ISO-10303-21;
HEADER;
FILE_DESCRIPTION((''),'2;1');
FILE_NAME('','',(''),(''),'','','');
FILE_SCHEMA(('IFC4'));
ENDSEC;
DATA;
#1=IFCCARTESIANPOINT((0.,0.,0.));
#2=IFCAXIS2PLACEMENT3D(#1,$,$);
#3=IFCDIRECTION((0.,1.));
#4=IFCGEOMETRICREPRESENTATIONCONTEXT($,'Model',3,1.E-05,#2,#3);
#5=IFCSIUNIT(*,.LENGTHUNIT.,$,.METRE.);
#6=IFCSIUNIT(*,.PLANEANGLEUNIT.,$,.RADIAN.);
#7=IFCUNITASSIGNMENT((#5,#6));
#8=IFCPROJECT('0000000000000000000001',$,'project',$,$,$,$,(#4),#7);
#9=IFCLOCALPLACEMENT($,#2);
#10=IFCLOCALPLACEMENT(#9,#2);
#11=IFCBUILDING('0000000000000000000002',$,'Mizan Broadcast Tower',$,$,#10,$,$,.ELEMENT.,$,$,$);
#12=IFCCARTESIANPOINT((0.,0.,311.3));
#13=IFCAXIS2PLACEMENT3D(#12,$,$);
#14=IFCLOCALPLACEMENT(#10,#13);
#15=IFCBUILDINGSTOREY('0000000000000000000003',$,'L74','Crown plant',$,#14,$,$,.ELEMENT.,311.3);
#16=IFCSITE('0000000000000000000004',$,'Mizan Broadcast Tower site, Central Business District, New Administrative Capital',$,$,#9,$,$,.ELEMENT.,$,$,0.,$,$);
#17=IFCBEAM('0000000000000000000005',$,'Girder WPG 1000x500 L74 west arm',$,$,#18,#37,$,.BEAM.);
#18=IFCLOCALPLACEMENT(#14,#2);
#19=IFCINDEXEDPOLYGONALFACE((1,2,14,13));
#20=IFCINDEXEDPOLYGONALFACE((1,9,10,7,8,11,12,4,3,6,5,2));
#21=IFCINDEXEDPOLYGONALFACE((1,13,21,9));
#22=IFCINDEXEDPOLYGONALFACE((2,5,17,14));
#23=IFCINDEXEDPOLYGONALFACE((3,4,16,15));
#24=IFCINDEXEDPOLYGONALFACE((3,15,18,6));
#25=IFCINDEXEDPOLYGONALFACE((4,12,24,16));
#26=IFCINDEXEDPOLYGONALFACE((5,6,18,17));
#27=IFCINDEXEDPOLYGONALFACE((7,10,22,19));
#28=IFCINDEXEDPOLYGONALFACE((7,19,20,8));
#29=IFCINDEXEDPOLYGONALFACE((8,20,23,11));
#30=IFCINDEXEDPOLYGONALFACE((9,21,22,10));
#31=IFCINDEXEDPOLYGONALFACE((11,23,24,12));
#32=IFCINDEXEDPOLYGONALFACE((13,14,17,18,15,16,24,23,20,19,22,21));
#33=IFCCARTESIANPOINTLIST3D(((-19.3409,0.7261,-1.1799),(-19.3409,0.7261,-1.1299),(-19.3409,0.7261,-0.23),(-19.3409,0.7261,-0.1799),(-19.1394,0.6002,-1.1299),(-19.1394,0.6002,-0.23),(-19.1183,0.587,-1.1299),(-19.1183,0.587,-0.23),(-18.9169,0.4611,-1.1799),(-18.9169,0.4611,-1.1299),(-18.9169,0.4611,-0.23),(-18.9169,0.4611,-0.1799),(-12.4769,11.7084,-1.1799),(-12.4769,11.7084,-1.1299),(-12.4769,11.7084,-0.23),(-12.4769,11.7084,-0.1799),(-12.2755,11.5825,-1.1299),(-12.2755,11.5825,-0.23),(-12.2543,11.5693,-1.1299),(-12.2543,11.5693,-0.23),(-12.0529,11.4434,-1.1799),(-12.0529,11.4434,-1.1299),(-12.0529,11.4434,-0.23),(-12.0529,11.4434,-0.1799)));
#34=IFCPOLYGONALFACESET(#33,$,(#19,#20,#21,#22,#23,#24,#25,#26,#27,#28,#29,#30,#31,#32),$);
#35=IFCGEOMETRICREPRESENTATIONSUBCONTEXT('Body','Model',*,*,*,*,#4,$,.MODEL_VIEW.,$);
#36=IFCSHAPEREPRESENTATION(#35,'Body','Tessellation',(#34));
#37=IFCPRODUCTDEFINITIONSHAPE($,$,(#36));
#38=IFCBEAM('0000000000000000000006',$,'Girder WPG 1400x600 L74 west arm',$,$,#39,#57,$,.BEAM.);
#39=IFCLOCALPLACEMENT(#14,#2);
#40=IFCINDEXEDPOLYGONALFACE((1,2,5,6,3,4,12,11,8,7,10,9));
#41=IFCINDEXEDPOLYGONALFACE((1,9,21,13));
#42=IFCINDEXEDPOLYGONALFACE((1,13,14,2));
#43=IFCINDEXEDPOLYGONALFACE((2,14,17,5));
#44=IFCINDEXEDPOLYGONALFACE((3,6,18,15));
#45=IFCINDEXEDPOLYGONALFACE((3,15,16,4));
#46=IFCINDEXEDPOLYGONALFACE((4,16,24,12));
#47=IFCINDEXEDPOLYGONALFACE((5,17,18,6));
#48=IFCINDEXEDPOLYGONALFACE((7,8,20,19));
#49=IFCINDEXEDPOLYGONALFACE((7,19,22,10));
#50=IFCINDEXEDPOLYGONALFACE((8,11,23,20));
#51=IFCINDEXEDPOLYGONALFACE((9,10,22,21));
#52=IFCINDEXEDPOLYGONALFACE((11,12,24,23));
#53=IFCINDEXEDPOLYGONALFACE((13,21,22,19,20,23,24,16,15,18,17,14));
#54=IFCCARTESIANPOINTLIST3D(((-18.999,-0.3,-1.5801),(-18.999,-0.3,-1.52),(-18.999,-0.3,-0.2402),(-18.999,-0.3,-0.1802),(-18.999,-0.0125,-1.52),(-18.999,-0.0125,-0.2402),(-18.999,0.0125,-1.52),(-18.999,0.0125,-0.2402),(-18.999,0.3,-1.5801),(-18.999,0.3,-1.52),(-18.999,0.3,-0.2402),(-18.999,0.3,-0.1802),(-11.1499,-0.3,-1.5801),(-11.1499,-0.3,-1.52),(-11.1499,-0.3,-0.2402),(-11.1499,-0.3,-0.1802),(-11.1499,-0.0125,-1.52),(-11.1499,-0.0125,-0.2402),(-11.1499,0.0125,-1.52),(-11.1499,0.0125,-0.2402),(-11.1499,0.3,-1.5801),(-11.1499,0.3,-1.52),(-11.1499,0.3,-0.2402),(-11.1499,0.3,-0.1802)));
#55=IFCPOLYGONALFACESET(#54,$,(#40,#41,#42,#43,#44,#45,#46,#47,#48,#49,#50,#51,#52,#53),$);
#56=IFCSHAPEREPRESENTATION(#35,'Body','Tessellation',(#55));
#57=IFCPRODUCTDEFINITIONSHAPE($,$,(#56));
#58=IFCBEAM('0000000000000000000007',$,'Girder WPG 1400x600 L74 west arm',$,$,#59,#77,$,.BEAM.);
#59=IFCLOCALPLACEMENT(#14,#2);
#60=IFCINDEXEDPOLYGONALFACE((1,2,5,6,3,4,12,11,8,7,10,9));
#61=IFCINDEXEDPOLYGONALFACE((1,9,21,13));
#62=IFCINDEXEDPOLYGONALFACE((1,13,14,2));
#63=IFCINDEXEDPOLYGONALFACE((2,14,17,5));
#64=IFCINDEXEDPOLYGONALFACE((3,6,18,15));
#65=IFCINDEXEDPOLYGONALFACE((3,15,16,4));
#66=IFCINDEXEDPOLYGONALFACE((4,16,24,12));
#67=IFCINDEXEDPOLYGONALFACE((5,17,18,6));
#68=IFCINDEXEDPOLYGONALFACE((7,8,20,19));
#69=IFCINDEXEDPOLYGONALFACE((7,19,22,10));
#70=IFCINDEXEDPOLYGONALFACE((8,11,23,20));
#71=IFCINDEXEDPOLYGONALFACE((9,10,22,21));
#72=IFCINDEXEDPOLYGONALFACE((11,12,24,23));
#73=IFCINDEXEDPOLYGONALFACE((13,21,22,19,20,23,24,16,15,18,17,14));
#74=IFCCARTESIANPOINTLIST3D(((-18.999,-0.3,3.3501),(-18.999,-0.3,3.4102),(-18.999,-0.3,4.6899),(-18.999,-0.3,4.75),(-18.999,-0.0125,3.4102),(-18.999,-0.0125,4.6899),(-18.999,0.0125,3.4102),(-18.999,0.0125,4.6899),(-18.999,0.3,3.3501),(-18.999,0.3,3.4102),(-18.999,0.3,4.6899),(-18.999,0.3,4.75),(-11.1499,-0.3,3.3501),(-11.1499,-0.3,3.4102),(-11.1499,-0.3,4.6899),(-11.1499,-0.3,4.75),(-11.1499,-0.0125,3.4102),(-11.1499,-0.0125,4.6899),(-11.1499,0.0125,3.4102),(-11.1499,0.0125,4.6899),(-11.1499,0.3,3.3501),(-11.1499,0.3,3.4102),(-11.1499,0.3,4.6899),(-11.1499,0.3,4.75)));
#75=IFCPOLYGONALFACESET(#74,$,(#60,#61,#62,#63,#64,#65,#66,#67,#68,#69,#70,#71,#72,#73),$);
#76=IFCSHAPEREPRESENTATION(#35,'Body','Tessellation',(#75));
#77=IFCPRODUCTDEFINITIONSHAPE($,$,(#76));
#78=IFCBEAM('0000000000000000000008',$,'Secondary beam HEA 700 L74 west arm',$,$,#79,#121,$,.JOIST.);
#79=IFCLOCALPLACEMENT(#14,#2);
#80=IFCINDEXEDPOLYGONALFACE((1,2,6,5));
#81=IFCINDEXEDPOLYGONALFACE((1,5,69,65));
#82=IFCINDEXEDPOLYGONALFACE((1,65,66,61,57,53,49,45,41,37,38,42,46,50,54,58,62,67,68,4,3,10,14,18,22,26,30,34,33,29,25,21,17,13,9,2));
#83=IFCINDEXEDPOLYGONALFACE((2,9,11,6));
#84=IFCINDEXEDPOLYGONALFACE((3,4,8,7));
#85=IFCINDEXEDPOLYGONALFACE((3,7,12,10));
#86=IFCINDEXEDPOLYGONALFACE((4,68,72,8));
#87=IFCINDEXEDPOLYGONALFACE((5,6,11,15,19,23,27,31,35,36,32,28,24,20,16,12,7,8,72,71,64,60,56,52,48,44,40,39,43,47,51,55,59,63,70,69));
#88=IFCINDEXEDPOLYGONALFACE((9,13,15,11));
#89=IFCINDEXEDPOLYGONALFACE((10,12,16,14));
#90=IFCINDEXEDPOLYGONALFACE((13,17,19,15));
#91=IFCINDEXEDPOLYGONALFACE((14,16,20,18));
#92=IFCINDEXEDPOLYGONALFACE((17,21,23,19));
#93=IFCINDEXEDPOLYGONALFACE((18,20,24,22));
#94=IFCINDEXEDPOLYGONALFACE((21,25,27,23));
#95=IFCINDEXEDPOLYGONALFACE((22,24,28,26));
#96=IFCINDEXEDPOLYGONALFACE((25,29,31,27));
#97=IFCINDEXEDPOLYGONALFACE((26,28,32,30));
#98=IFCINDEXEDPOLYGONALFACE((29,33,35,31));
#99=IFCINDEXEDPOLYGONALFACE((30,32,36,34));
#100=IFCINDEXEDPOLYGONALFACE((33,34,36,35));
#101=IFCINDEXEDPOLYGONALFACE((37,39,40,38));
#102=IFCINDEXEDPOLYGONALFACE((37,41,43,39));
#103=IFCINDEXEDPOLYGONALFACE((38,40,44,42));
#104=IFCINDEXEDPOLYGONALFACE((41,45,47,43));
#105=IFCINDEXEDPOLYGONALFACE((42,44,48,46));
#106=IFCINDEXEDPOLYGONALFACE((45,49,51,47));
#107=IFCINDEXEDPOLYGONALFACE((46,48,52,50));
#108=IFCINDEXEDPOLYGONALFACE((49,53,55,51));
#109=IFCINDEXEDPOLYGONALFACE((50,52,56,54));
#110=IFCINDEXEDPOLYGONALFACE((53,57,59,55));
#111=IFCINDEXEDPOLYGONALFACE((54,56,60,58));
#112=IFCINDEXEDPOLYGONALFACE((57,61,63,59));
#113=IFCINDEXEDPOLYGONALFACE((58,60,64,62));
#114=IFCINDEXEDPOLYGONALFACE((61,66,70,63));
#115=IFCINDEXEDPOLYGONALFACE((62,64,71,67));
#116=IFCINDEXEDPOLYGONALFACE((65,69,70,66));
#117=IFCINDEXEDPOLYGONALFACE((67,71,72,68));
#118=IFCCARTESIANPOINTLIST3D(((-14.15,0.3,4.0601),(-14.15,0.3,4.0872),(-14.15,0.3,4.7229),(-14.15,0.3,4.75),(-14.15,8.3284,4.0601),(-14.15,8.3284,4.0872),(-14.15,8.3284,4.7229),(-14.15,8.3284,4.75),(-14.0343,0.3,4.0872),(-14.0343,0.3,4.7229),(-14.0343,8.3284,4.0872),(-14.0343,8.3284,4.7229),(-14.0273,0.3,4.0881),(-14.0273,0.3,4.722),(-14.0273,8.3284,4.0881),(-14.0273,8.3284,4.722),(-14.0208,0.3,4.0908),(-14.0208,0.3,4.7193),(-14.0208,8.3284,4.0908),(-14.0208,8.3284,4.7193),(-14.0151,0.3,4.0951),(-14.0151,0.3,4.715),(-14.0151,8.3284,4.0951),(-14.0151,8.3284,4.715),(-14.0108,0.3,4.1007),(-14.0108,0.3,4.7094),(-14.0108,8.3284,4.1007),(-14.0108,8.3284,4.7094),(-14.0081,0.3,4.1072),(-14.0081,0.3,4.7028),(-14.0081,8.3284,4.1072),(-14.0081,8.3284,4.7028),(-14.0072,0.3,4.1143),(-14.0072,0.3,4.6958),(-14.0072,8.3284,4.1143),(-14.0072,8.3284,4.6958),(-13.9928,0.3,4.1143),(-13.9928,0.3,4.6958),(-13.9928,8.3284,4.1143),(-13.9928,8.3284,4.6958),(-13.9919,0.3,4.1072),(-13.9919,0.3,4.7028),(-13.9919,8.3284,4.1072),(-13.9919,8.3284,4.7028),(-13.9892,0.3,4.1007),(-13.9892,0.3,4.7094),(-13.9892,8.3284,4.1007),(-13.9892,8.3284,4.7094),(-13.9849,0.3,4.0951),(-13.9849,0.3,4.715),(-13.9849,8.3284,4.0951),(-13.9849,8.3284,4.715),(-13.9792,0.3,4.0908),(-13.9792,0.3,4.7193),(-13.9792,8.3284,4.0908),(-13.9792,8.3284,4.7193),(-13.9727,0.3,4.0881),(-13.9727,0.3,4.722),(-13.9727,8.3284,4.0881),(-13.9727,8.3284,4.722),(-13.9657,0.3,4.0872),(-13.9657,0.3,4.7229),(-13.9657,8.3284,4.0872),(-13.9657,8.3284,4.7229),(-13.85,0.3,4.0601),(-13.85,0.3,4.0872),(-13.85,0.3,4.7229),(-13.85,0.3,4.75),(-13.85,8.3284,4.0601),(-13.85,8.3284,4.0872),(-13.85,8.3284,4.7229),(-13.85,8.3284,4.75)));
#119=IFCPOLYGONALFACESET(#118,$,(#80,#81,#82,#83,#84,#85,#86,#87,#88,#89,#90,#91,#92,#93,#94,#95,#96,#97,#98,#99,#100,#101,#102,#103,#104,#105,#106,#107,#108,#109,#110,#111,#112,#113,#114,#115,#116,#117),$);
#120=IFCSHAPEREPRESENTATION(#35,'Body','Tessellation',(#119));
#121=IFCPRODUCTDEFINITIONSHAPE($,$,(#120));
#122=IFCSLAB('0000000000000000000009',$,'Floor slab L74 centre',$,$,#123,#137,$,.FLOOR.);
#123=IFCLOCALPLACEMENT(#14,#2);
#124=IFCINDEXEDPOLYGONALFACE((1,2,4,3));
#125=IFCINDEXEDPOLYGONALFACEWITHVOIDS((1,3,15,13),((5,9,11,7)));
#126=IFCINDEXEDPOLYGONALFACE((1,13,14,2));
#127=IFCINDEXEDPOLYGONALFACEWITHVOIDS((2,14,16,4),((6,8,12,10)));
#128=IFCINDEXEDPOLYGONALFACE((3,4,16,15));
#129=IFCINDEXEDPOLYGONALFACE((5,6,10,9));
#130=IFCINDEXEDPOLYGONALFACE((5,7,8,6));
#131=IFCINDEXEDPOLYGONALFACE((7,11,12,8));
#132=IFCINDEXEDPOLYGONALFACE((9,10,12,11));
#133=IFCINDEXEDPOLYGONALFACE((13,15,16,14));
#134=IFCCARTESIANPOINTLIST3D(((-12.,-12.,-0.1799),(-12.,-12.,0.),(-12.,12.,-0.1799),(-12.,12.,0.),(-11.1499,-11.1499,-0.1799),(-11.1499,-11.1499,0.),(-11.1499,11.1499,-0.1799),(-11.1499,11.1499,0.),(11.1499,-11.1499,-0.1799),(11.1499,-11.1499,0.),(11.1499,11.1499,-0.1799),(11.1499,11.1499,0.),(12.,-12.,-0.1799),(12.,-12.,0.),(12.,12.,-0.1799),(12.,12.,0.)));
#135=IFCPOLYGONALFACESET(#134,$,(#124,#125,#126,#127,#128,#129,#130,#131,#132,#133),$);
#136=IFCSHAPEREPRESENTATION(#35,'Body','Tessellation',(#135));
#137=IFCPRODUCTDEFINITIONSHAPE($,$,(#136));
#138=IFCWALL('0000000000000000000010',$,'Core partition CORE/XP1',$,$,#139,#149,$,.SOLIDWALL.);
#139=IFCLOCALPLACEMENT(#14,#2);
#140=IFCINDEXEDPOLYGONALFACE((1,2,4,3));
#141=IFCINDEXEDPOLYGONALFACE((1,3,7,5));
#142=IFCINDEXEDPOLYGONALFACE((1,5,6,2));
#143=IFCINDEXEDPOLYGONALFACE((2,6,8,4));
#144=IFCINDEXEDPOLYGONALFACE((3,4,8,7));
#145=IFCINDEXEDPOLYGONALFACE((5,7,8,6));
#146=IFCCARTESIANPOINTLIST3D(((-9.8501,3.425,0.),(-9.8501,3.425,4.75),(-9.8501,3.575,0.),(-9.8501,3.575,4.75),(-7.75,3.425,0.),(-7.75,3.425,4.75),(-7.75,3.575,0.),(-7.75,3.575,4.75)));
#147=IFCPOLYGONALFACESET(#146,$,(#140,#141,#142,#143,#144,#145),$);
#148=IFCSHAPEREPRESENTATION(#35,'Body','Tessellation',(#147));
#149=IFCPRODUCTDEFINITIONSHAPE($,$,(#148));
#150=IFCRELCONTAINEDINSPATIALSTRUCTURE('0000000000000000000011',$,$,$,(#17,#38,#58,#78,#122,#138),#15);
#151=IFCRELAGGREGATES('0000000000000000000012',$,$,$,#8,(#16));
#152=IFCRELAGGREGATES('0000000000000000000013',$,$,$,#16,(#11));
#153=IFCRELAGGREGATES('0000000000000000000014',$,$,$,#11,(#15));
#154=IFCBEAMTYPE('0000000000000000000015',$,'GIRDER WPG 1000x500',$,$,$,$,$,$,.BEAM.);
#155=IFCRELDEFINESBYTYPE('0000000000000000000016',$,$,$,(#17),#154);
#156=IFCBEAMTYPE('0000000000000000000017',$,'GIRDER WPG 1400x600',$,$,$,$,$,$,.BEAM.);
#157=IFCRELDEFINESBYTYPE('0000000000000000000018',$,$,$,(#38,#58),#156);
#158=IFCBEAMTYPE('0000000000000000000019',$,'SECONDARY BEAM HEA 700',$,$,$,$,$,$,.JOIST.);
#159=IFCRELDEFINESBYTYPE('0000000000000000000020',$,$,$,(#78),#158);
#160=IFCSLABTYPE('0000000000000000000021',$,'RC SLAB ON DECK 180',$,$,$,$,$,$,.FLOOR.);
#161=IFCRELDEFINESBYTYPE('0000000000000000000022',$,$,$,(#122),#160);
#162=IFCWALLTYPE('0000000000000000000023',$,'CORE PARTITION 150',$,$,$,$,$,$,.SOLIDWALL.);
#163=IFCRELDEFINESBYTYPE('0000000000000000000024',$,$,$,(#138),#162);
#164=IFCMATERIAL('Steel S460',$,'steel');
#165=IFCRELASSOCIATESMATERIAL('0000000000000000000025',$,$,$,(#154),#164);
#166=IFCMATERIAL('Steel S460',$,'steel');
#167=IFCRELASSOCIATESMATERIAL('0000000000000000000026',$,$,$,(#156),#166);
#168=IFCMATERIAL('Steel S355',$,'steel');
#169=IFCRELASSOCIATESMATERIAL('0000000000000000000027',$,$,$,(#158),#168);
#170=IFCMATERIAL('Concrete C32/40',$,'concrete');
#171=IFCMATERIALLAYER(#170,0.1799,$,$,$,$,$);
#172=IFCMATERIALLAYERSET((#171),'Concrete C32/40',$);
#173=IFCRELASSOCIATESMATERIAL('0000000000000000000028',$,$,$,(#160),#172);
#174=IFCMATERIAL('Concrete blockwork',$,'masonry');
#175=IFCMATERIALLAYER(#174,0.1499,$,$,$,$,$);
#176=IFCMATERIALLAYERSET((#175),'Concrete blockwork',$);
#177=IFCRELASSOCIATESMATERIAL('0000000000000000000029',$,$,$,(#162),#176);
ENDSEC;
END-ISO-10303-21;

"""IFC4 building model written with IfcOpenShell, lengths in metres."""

from ifc_helpers import new_model, si_unit, direction, frame, frame_2d, origin, origin_2d, place, context, subcontext, project, spatial, polyline, rectangle, i_section, outline, extrude, material, layer, layer_set, material_profile, profile_set, type_object, element, save


model = new_model("IFC4")

# Units and contexts
model_context = context("Model", 3, precision=1e-05, world=origin(), true_north=direction((0.0, 1.0)))
body_context = subcontext(model_context, "Body", "Model", "MODEL_VIEW")
ifc_project = project(units=[si_unit("LENGTHUNIT", "METRE"), si_unit("PLANEANGLEUNIT", "RADIAN")], contexts=[model_context])

# Site, building, storey
site_placement = place(None, origin())
site = spatial("IfcSite", under=ifc_project, at=site_placement, Name="Mizan Broadcast Tower site, Central Business District, New Administrative Capital", CompositionType="ELEMENT", RefElevation=0.0)
building_placement = place(site_placement, origin())
building = spatial("IfcBuilding", under=site, at=building_placement, Name="Mizan Broadcast Tower", CompositionType="ELEMENT")
storey_placement = place(building_placement, frame((0.0, 0.0, 311.3)))
storey = spatial("IfcBuildingStorey", under=building, at=storey_placement, Name="L74", Description="Crown plant", CompositionType="ELEMENT", Elevation=311.3)

# Beams
ifc_material_1 = material(Name="Steel S460", Category="steel")
ifc_material_profile_1 = material_profile(ifc_material_1, i_section(OverallWidth=0.5, OverallDepth=1.0, WebThickness=0.0249, FlangeThickness=0.05, at=origin_2d()), Name="WPG 1000x500")
ifc_profile_set_1 = profile_set([ifc_material_profile_1], Name="Steel S460")
beam_type_1 = type_object("IfcBeamType", Name="GIRDER WPG 1000x500", PredefinedType="BEAM", material=ifc_profile_set_1)
beam_1_placement = place(storey_placement, frame((-12.2649, 11.5759, -0.6799), z_axis=(-0.529999, -0.847998, 0.0), x_axis=(0.847998, -0.529999, 0.0)))
element("IfcBeam", 1, at=beam_1_placement, inside=storey, type_object=beam_type_1, Name="Girder WPG 1000x500 L74 west arm", PredefinedType="BEAM", context=body_context, shape_type="SweptSolid", body=[
    extrude(i_section(OverallWidth=0.5, OverallDepth=1.0, WebThickness=0.0249, FlangeThickness=0.05, at=origin_2d()), origin(), (0.0, 0.0, 1.0), 12.9509),
])
ifc_material_2 = material(Name="Steel S460", Category="steel")
ifc_material_profile_2 = material_profile(ifc_material_2, i_section(OverallWidth=0.6001, OverallDepth=1.3999, WebThickness=0.0249, FlangeThickness=0.0601, at=origin_2d()), Name="WPG 1400x600")
ifc_profile_set_2 = profile_set([ifc_material_profile_2], Name="Steel S460")
beam_type_2 = type_object("IfcBeamType", Name="GIRDER WPG 1400x600", PredefinedType="BEAM", material=ifc_profile_set_2)
for number, where, z_axis, x_axis, name in (
    (2, (-11.1499, 0.0, -0.8801), (-1.0, 0.0, 0.0), (0.0, -1.0, 0.0), "Girder WPG 1400x600 L74 west arm"),
    (3, (-11.1499, 0.0, 4.05), (-1.0, 0.0, 0.0), (0.0, -1.0, 0.0), "Girder WPG 1400x600 L74 west arm"),
):
    element("IfcBeam", number, at=place(storey_placement, frame(where, z_axis=z_axis, x_axis=x_axis)), inside=storey, type_object=beam_type_2, Name=name, PredefinedType="BEAM", context=body_context, shape_type="SweptSolid", body=[
        extrude(i_section(OverallWidth=0.6001, OverallDepth=1.3999, WebThickness=0.0249, FlangeThickness=0.0601, at=origin_2d()), origin(), (0.0, 0.0, 1.0), 7.8491),
    ])
ifc_material_3 = material(Name="Steel S355", Category="steel")
ifc_material_profile_3 = material_profile(ifc_material_3, i_section(OverallWidth=0.3, OverallDepth=0.6899, WebThickness=0.0144, FlangeThickness=0.0271, FilletRadius=0.0271, at=origin_2d()), Name="HEA 700")
ifc_profile_set_3 = profile_set([ifc_material_profile_3], Name="Steel S355")
beam_type_3 = type_object("IfcBeamType", Name="SECONDARY BEAM HEA 700", PredefinedType="JOIST", material=ifc_profile_set_3)
beam_2_placement = place(storey_placement, frame((-14.0, 8.3284, 4.405), z_axis=(0.0, -1.0, 0.0), x_axis=(1.0, 0.0, 0.0)))
element("IfcBeam", 4, at=beam_2_placement, inside=storey, type_object=beam_type_3, Name="Secondary beam HEA 700 L74 west arm", PredefinedType="JOIST", context=body_context, shape_type="SweptSolid", body=[
    extrude(i_section(OverallWidth=0.3, OverallDepth=0.6899, WebThickness=0.0144, FlangeThickness=0.0271, FilletRadius=0.0271, at=origin_2d()), origin(), (0.0, 0.0, 1.0), 8.0283),
])

# Slab
ifc_material_4 = material(Name="Concrete C32/40", Category="concrete")
ifc_layer_1 = layer(ifc_material_4, 0.1799)
ifc_layer_set_1 = layer_set([ifc_layer_1], Name="Concrete C32/40")
slab_type = type_object("IfcSlabType", Name="RC SLAB ON DECK 180", PredefinedType="FLOOR", material=ifc_layer_set_1)
slab_placement = place(storey_placement, frame((0.0, 0.0, -0.1799)))
element("IfcSlab", 5, at=slab_placement, inside=storey, type_object=slab_type, Name="Floor slab L74 centre", PredefinedType="FLOOR", context=body_context, shape_type="SweptSolid", body=[
    extrude(outline(polyline([(-12.0, -12.0), (12.0, -12.0), (12.0, 12.0), (-12.0, 12.0), (-12.0, -12.0)]), holes=[polyline([(-11.1499, 11.1499), (11.1499, 11.1499), (11.1499, -11.1499), (-11.1499, -11.1499), (-11.1499, 11.1499)])]), origin(), (0.0, 0.0, 1.0), 0.1799),
])

# Wall
ifc_material_5 = material(Name="Concrete blockwork", Category="masonry")
ifc_layer_2 = layer(ifc_material_5, 0.1499)
ifc_layer_set_2 = layer_set([ifc_layer_2], Name="Concrete blockwork")
wall_type_1 = type_object("IfcWallType", Name="CORE PARTITION 150", PredefinedType="SOLIDWALL", material=ifc_layer_set_2)
wall_1_placement = place(storey_placement, frame((-9.8501, 3.5, 0.0), z_axis=(0.0, 0.0, 1.0), x_axis=(1.0, 0.0, 0.0)))
element("IfcWall", 6, at=wall_1_placement, inside=storey, type_object=wall_type_1, Name="Core partition CORE/XP1", PredefinedType="SOLIDWALL", context=body_context, shape_type="SweptSolid", body=[
    extrude(rectangle(XDim=2.1001, YDim=0.1499, at=frame_2d((1.05, 0.0))), origin(), (0.0, 0.0, 1.0), 4.75),
])

save(model, "model.ifc")
